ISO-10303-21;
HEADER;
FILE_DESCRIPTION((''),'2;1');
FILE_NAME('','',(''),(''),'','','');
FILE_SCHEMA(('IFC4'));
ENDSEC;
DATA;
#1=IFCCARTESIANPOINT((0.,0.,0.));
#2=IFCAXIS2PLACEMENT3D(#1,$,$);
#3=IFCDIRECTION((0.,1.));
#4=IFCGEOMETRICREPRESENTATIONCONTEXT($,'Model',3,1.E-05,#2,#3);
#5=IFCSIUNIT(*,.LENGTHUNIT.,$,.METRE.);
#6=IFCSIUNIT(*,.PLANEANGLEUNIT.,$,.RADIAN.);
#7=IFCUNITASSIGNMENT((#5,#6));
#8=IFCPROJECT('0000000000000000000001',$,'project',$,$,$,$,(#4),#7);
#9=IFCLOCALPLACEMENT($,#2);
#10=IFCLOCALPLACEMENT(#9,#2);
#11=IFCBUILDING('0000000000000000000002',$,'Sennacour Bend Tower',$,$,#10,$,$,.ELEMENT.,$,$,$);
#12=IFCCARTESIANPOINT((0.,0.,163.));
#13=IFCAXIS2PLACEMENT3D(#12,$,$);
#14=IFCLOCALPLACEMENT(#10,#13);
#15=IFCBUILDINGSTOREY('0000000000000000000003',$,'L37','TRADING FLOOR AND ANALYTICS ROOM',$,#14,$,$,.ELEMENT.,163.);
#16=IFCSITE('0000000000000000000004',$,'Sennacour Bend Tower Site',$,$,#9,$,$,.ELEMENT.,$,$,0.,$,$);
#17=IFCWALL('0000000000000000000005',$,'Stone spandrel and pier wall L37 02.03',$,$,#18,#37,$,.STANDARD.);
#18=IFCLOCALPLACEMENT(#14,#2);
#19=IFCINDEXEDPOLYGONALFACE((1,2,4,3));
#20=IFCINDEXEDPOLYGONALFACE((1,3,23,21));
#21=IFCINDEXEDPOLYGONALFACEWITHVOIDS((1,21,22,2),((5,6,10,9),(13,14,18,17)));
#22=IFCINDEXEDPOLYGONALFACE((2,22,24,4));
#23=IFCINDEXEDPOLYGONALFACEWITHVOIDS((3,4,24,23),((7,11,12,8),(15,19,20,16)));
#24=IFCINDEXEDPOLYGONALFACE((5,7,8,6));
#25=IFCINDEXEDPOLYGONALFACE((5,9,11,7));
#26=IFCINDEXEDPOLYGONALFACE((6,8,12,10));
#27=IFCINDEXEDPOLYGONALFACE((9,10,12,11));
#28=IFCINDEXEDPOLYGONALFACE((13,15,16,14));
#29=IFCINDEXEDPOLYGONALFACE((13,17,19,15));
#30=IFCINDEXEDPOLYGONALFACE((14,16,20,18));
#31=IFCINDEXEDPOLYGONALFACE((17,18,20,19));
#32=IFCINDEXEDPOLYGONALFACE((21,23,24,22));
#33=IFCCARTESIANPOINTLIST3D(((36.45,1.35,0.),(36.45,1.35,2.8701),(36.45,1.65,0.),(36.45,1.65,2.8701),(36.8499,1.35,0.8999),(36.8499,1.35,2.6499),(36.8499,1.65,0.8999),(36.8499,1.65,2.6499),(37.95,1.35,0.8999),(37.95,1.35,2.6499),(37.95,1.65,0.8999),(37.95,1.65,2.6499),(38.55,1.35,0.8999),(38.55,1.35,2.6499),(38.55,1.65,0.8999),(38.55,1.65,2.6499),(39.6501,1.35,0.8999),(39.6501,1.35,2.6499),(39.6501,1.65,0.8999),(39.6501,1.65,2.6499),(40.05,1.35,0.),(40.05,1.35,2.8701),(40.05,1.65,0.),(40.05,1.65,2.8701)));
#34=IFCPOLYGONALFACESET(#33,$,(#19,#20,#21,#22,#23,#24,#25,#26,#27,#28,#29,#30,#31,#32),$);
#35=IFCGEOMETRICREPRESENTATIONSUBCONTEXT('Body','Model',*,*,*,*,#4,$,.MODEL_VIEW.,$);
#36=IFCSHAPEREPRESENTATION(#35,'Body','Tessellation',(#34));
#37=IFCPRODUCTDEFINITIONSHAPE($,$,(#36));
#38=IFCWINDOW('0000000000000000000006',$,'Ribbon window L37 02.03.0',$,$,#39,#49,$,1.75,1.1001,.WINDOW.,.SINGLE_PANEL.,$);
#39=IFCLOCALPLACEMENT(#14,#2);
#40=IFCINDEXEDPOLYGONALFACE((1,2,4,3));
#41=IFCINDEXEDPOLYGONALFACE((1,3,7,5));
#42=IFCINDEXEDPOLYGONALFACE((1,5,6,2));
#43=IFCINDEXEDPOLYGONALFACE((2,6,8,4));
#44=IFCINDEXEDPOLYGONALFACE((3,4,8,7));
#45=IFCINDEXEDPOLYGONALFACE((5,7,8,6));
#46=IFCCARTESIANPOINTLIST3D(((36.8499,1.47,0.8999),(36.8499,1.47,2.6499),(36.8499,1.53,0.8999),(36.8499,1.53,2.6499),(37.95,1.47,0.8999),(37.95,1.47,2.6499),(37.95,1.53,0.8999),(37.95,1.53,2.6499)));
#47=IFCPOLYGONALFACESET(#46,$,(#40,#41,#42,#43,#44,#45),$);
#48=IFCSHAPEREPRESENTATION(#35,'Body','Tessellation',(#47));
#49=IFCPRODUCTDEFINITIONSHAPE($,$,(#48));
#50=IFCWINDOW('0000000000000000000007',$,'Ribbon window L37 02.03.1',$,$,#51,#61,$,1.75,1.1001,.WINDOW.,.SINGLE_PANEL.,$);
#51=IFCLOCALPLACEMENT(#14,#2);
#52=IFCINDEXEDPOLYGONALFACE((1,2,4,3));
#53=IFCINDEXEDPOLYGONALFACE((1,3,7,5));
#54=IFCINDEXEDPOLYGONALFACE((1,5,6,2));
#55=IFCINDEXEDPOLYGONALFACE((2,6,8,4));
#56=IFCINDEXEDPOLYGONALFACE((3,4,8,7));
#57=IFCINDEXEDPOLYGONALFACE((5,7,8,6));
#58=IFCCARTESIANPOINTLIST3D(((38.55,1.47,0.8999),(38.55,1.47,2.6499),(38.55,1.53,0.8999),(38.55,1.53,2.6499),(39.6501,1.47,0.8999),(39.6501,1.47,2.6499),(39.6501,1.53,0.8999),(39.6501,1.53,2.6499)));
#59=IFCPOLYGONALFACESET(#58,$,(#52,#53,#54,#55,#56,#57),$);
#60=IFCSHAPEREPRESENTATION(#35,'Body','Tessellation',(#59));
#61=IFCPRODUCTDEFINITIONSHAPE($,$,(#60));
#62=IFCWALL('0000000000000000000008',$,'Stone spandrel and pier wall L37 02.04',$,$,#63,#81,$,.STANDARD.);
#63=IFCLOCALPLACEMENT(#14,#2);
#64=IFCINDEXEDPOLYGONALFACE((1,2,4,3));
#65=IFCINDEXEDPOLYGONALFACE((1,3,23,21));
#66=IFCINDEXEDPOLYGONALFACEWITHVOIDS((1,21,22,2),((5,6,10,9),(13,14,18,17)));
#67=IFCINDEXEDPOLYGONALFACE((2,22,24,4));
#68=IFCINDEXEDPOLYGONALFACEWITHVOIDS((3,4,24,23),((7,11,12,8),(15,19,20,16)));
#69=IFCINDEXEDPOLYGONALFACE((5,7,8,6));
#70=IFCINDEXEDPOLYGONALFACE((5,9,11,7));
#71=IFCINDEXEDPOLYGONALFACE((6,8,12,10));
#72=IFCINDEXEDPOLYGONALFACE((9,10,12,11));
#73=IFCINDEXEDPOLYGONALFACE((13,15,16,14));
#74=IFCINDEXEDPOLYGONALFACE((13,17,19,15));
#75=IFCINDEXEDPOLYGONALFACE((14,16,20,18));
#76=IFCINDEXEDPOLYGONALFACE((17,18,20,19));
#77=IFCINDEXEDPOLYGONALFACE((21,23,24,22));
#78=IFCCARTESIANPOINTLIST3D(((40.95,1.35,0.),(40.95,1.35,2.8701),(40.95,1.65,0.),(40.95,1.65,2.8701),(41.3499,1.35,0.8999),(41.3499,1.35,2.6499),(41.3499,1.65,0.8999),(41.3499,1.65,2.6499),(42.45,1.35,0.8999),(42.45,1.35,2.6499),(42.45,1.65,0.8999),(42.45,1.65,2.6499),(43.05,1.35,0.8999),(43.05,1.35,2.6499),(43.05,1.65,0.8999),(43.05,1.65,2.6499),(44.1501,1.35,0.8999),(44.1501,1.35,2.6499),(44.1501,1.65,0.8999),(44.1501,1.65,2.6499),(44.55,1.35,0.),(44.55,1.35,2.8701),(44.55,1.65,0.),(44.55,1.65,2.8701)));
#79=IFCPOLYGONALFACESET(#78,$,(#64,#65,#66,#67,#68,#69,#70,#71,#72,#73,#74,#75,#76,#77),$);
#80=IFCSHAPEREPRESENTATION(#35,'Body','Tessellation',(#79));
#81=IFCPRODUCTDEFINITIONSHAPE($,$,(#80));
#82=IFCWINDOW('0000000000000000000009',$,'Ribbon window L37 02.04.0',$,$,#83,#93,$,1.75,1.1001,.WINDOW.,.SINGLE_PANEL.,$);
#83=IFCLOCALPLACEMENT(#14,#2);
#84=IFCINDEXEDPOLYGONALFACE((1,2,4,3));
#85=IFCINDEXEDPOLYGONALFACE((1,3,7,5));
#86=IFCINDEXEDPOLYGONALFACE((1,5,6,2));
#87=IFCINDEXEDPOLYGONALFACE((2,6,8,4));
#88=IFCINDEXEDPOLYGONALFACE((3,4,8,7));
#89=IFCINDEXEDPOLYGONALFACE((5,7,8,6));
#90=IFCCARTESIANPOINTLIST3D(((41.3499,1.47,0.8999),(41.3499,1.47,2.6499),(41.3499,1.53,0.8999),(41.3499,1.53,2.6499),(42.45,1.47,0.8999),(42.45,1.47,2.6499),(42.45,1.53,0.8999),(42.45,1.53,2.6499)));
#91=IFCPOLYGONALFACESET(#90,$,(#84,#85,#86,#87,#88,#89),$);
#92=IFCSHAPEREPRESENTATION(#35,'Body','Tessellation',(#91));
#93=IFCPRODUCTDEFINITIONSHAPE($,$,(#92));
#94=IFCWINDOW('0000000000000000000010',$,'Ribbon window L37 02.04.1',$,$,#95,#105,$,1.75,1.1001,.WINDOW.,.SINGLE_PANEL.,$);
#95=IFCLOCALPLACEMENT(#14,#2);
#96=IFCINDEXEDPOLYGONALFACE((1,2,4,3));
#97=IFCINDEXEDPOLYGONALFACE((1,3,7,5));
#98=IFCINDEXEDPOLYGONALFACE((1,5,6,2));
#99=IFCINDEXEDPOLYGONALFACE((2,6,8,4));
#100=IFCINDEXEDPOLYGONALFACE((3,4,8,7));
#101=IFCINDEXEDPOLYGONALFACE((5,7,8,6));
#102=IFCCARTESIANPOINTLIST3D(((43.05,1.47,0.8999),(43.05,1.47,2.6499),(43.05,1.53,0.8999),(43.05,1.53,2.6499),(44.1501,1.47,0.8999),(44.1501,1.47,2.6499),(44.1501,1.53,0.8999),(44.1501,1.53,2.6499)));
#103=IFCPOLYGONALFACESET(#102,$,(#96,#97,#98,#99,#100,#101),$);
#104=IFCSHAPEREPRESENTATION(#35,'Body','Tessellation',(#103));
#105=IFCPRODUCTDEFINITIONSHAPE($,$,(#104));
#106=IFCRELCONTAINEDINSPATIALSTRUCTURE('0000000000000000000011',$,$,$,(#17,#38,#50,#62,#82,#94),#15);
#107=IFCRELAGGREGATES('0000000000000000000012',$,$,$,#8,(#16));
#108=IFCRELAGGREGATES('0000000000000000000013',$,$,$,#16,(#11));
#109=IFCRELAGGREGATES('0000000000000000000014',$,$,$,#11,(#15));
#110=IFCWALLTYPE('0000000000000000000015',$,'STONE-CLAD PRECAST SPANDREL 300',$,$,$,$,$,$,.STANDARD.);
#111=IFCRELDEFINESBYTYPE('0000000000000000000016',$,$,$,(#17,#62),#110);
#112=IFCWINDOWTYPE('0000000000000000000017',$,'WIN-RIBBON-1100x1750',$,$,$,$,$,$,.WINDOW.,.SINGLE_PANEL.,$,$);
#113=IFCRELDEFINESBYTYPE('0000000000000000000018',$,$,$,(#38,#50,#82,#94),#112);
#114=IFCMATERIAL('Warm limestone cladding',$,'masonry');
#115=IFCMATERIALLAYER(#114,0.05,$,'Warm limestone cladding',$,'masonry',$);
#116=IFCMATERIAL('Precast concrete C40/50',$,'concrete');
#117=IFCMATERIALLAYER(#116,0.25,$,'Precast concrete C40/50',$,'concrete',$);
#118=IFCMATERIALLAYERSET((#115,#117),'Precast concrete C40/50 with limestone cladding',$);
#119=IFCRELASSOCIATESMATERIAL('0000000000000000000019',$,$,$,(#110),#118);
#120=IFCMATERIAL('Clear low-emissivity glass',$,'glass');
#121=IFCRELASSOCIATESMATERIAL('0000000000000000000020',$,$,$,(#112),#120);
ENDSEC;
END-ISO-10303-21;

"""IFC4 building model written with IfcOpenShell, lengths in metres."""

from ifc_helpers import new_model, si_unit, direction, frame, frame_2d, origin, place, context, subcontext, project, spatial, rectangle, extrude, material, layer, layer_set, type_object, element, fill, save


model = new_model("IFC4")

# Units and contexts
model_context = context("Model", 3, precision=1e-05, world=origin(), true_north=direction((0.0, 1.0)))
body_context = subcontext(model_context, "Body", "Model", "MODEL_VIEW")
ifc_project = project(units=[si_unit("LENGTHUNIT", "METRE"), si_unit("PLANEANGLEUNIT", "RADIAN")], contexts=[model_context])

# Site, building, storey
site_placement = place(None, origin())
site = spatial("IfcSite", under=ifc_project, at=site_placement, Name="Sennacour Bend Tower Site", CompositionType="ELEMENT", RefElevation=0.0)
building_placement = place(site_placement, origin())
building = spatial("IfcBuilding", under=site, at=building_placement, Name="Sennacour Bend Tower", CompositionType="ELEMENT")
storey_placement = place(building_placement, frame((0.0, 0.0, 163.0)))
storey = spatial("IfcBuildingStorey", under=building, at=storey_placement, Name="L37", Description="TRADING FLOOR AND ANALYTICS ROOM", CompositionType="ELEMENT", Elevation=163.0)

# Walls, openings, windows
ifc_material_1 = material(Name="Warm limestone cladding", Category="masonry")
ifc_layer_1 = layer(ifc_material_1, 0.05, Name="Warm limestone cladding", Category="masonry")
ifc_material_2 = material(Name="Precast concrete C40/50", Category="concrete")
ifc_layer_2 = layer(ifc_material_2, 0.25, Name="Precast concrete C40/50", Category="concrete")
ifc_layer_set_1 = layer_set([ifc_layer_1, ifc_layer_2], Name="Precast concrete C40/50 with limestone cladding")
wall_type_1 = type_object("IfcWallType", Name="STONE-CLAD PRECAST SPANDREL 300", PredefinedType="STANDARD", material=ifc_layer_set_1)
ifc_material_3 = material(Name="Clear low-emissivity glass", Category="glass")
window_type = type_object("IfcWindowType", Name="WIN-RIBBON-1100x1750", PartitioningType="SINGLE_PANEL", PredefinedType="WINDOW", material=ifc_material_3)
wall_1_placement = place(storey_placement, frame((36.45, 1.5, 0.0), z_axis=(0.0, 0.0, 1.0), x_axis=(1.0, 0.0, 0.0)))
wall_1 = element("IfcWall", 1, at=wall_1_placement, inside=storey, type_object=wall_type_1, Name="Stone spandrel and pier wall L37 02.03", PredefinedType="STANDARD", context=body_context, shape_type="SweptSolid", body=[
    extrude(rectangle(XDim=3.6001, YDim=0.3, at=frame_2d((1.8, 0.0))), origin(), (0.0, 0.0, 1.0), 2.8701),
])
opening_1_placement = place(wall_1_placement, frame((0.3999, 0.0, 0.8999)))
opening_1 = element("IfcOpeningElement", 2, at=opening_1_placement, cuts=wall_1, PredefinedType="OPENING", context=body_context, shape_type="SweptSolid", body=[
    extrude(rectangle(XDim=1.1001, YDim=1.75, at=frame_2d((0.55, 0.875))), frame((0.0, 0.1602, 0.0), z_axis=(0.0, -1.0, 0.0), x_axis=(1.0, 0.0, 0.0)), (0.0, 0.0, 1.0), 0.3201),
])
opening_2_placement = place(wall_1_placement, frame((2.1001, 0.0, 0.8999)))
opening_2 = element("IfcOpeningElement", 3, at=opening_2_placement, cuts=wall_1, PredefinedType="OPENING", context=body_context, shape_type="SweptSolid", body=[
    extrude(rectangle(XDim=1.1001, YDim=1.75, at=frame_2d((0.55, 0.875))), frame((0.0, 0.1602, 0.0), z_axis=(0.0, -1.0, 0.0), x_axis=(1.0, 0.0, 0.0)), (0.0, 0.0, 1.0), 0.3201),
])
window_1_placement = place(opening_1_placement, origin())
window_1 = element("IfcWindow", 4, at=window_1_placement, inside=storey, type_object=window_type, Name="Ribbon window L37 02.03.0", OverallHeight=1.75, OverallWidth=1.1001, PartitioningType="SINGLE_PANEL", PredefinedType="WINDOW", context=body_context, shape_type="SweptSolid", body=[
    extrude(rectangle(XDim=1.1001, YDim=1.75, at=frame_2d((0.55, 0.875))), frame((0.0, 0.03, 0.0), z_axis=(0.0, -1.0, 0.0), x_axis=(1.0, 0.0, 0.0)), (0.0, 0.0, 1.0), 0.0601),
])
fill(opening_1, window_1)
window_2_placement = place(opening_2_placement, origin())
window_2 = element("IfcWindow", 5, at=window_2_placement, inside=storey, type_object=window_type, Name="Ribbon window L37 02.03.1", OverallHeight=1.75, OverallWidth=1.1001, PartitioningType="SINGLE_PANEL", PredefinedType="WINDOW", context=body_context, shape_type="SweptSolid", body=[
    extrude(rectangle(XDim=1.1001, YDim=1.75, at=frame_2d((0.55, 0.875))), frame((0.0, 0.03, 0.0), z_axis=(0.0, -1.0, 0.0), x_axis=(1.0, 0.0, 0.0)), (0.0, 0.0, 1.0), 0.0601),
])
fill(opening_2, window_2)
wall_2_placement = place(storey_placement, frame((40.95, 1.5, 0.0), z_axis=(0.0, 0.0, 1.0), x_axis=(1.0, 0.0, 0.0)))
wall_2 = element("IfcWall", 6, at=wall_2_placement, inside=storey, type_object=wall_type_1, Name="Stone spandrel and pier wall L37 02.04", PredefinedType="STANDARD", context=body_context, shape_type="SweptSolid", body=[
    extrude(rectangle(XDim=3.6001, YDim=0.3, at=frame_2d((1.8, 0.0))), origin(), (0.0, 0.0, 1.0), 2.8701),
])
opening_3_placement = place(wall_2_placement, frame((0.3999, 0.0, 0.8999)))
opening_3 = element("IfcOpeningElement", 7, at=opening_3_placement, cuts=wall_2, PredefinedType="OPENING", context=body_context, shape_type="SweptSolid", body=[
    extrude(rectangle(XDim=1.1001, YDim=1.75, at=frame_2d((0.55, 0.875))), frame((0.0, 0.1602, 0.0), z_axis=(0.0, -1.0, 0.0), x_axis=(1.0, 0.0, 0.0)), (0.0, 0.0, 1.0), 0.3201),
])
opening_4_placement = place(wall_2_placement, frame((2.1001, 0.0, 0.8999)))
opening_4 = element("IfcOpeningElement", 8, at=opening_4_placement, cuts=wall_2, PredefinedType="OPENING", context=body_context, shape_type="SweptSolid", body=[
    extrude(rectangle(XDim=1.1001, YDim=1.75, at=frame_2d((0.55, 0.875))), frame((0.0, 0.1602, 0.0), z_axis=(0.0, -1.0, 0.0), x_axis=(1.0, 0.0, 0.0)), (0.0, 0.0, 1.0), 0.3201),
])
window_3_placement = place(opening_3_placement, origin())
window_3 = element("IfcWindow", 9, at=window_3_placement, inside=storey, type_object=window_type, Name="Ribbon window L37 02.04.0", OverallHeight=1.75, OverallWidth=1.1001, PartitioningType="SINGLE_PANEL", PredefinedType="WINDOW", context=body_context, shape_type="SweptSolid", body=[
    extrude(rectangle(XDim=1.1001, YDim=1.75, at=frame_2d((0.55, 0.875))), frame((0.0, 0.03, 0.0), z_axis=(0.0, -1.0, 0.0), x_axis=(1.0, 0.0, 0.0)), (0.0, 0.0, 1.0), 0.0601),
])
fill(opening_3, window_3)
window_4_placement = place(opening_4_placement, origin())
window_4 = element("IfcWindow", 10, at=window_4_placement, inside=storey, type_object=window_type, Name="Ribbon window L37 02.04.1", OverallHeight=1.75, OverallWidth=1.1001, PartitioningType="SINGLE_PANEL", PredefinedType="WINDOW", context=body_context, shape_type="SweptSolid", body=[
    extrude(rectangle(XDim=1.1001, YDim=1.75, at=frame_2d((0.55, 0.875))), frame((0.0, 0.03, 0.0), z_axis=(0.0, -1.0, 0.0), x_axis=(1.0, 0.0, 0.0)), (0.0, 0.0, 1.0), 0.0601),
])
fill(opening_4, window_4)

save(model, "model.ifc")
